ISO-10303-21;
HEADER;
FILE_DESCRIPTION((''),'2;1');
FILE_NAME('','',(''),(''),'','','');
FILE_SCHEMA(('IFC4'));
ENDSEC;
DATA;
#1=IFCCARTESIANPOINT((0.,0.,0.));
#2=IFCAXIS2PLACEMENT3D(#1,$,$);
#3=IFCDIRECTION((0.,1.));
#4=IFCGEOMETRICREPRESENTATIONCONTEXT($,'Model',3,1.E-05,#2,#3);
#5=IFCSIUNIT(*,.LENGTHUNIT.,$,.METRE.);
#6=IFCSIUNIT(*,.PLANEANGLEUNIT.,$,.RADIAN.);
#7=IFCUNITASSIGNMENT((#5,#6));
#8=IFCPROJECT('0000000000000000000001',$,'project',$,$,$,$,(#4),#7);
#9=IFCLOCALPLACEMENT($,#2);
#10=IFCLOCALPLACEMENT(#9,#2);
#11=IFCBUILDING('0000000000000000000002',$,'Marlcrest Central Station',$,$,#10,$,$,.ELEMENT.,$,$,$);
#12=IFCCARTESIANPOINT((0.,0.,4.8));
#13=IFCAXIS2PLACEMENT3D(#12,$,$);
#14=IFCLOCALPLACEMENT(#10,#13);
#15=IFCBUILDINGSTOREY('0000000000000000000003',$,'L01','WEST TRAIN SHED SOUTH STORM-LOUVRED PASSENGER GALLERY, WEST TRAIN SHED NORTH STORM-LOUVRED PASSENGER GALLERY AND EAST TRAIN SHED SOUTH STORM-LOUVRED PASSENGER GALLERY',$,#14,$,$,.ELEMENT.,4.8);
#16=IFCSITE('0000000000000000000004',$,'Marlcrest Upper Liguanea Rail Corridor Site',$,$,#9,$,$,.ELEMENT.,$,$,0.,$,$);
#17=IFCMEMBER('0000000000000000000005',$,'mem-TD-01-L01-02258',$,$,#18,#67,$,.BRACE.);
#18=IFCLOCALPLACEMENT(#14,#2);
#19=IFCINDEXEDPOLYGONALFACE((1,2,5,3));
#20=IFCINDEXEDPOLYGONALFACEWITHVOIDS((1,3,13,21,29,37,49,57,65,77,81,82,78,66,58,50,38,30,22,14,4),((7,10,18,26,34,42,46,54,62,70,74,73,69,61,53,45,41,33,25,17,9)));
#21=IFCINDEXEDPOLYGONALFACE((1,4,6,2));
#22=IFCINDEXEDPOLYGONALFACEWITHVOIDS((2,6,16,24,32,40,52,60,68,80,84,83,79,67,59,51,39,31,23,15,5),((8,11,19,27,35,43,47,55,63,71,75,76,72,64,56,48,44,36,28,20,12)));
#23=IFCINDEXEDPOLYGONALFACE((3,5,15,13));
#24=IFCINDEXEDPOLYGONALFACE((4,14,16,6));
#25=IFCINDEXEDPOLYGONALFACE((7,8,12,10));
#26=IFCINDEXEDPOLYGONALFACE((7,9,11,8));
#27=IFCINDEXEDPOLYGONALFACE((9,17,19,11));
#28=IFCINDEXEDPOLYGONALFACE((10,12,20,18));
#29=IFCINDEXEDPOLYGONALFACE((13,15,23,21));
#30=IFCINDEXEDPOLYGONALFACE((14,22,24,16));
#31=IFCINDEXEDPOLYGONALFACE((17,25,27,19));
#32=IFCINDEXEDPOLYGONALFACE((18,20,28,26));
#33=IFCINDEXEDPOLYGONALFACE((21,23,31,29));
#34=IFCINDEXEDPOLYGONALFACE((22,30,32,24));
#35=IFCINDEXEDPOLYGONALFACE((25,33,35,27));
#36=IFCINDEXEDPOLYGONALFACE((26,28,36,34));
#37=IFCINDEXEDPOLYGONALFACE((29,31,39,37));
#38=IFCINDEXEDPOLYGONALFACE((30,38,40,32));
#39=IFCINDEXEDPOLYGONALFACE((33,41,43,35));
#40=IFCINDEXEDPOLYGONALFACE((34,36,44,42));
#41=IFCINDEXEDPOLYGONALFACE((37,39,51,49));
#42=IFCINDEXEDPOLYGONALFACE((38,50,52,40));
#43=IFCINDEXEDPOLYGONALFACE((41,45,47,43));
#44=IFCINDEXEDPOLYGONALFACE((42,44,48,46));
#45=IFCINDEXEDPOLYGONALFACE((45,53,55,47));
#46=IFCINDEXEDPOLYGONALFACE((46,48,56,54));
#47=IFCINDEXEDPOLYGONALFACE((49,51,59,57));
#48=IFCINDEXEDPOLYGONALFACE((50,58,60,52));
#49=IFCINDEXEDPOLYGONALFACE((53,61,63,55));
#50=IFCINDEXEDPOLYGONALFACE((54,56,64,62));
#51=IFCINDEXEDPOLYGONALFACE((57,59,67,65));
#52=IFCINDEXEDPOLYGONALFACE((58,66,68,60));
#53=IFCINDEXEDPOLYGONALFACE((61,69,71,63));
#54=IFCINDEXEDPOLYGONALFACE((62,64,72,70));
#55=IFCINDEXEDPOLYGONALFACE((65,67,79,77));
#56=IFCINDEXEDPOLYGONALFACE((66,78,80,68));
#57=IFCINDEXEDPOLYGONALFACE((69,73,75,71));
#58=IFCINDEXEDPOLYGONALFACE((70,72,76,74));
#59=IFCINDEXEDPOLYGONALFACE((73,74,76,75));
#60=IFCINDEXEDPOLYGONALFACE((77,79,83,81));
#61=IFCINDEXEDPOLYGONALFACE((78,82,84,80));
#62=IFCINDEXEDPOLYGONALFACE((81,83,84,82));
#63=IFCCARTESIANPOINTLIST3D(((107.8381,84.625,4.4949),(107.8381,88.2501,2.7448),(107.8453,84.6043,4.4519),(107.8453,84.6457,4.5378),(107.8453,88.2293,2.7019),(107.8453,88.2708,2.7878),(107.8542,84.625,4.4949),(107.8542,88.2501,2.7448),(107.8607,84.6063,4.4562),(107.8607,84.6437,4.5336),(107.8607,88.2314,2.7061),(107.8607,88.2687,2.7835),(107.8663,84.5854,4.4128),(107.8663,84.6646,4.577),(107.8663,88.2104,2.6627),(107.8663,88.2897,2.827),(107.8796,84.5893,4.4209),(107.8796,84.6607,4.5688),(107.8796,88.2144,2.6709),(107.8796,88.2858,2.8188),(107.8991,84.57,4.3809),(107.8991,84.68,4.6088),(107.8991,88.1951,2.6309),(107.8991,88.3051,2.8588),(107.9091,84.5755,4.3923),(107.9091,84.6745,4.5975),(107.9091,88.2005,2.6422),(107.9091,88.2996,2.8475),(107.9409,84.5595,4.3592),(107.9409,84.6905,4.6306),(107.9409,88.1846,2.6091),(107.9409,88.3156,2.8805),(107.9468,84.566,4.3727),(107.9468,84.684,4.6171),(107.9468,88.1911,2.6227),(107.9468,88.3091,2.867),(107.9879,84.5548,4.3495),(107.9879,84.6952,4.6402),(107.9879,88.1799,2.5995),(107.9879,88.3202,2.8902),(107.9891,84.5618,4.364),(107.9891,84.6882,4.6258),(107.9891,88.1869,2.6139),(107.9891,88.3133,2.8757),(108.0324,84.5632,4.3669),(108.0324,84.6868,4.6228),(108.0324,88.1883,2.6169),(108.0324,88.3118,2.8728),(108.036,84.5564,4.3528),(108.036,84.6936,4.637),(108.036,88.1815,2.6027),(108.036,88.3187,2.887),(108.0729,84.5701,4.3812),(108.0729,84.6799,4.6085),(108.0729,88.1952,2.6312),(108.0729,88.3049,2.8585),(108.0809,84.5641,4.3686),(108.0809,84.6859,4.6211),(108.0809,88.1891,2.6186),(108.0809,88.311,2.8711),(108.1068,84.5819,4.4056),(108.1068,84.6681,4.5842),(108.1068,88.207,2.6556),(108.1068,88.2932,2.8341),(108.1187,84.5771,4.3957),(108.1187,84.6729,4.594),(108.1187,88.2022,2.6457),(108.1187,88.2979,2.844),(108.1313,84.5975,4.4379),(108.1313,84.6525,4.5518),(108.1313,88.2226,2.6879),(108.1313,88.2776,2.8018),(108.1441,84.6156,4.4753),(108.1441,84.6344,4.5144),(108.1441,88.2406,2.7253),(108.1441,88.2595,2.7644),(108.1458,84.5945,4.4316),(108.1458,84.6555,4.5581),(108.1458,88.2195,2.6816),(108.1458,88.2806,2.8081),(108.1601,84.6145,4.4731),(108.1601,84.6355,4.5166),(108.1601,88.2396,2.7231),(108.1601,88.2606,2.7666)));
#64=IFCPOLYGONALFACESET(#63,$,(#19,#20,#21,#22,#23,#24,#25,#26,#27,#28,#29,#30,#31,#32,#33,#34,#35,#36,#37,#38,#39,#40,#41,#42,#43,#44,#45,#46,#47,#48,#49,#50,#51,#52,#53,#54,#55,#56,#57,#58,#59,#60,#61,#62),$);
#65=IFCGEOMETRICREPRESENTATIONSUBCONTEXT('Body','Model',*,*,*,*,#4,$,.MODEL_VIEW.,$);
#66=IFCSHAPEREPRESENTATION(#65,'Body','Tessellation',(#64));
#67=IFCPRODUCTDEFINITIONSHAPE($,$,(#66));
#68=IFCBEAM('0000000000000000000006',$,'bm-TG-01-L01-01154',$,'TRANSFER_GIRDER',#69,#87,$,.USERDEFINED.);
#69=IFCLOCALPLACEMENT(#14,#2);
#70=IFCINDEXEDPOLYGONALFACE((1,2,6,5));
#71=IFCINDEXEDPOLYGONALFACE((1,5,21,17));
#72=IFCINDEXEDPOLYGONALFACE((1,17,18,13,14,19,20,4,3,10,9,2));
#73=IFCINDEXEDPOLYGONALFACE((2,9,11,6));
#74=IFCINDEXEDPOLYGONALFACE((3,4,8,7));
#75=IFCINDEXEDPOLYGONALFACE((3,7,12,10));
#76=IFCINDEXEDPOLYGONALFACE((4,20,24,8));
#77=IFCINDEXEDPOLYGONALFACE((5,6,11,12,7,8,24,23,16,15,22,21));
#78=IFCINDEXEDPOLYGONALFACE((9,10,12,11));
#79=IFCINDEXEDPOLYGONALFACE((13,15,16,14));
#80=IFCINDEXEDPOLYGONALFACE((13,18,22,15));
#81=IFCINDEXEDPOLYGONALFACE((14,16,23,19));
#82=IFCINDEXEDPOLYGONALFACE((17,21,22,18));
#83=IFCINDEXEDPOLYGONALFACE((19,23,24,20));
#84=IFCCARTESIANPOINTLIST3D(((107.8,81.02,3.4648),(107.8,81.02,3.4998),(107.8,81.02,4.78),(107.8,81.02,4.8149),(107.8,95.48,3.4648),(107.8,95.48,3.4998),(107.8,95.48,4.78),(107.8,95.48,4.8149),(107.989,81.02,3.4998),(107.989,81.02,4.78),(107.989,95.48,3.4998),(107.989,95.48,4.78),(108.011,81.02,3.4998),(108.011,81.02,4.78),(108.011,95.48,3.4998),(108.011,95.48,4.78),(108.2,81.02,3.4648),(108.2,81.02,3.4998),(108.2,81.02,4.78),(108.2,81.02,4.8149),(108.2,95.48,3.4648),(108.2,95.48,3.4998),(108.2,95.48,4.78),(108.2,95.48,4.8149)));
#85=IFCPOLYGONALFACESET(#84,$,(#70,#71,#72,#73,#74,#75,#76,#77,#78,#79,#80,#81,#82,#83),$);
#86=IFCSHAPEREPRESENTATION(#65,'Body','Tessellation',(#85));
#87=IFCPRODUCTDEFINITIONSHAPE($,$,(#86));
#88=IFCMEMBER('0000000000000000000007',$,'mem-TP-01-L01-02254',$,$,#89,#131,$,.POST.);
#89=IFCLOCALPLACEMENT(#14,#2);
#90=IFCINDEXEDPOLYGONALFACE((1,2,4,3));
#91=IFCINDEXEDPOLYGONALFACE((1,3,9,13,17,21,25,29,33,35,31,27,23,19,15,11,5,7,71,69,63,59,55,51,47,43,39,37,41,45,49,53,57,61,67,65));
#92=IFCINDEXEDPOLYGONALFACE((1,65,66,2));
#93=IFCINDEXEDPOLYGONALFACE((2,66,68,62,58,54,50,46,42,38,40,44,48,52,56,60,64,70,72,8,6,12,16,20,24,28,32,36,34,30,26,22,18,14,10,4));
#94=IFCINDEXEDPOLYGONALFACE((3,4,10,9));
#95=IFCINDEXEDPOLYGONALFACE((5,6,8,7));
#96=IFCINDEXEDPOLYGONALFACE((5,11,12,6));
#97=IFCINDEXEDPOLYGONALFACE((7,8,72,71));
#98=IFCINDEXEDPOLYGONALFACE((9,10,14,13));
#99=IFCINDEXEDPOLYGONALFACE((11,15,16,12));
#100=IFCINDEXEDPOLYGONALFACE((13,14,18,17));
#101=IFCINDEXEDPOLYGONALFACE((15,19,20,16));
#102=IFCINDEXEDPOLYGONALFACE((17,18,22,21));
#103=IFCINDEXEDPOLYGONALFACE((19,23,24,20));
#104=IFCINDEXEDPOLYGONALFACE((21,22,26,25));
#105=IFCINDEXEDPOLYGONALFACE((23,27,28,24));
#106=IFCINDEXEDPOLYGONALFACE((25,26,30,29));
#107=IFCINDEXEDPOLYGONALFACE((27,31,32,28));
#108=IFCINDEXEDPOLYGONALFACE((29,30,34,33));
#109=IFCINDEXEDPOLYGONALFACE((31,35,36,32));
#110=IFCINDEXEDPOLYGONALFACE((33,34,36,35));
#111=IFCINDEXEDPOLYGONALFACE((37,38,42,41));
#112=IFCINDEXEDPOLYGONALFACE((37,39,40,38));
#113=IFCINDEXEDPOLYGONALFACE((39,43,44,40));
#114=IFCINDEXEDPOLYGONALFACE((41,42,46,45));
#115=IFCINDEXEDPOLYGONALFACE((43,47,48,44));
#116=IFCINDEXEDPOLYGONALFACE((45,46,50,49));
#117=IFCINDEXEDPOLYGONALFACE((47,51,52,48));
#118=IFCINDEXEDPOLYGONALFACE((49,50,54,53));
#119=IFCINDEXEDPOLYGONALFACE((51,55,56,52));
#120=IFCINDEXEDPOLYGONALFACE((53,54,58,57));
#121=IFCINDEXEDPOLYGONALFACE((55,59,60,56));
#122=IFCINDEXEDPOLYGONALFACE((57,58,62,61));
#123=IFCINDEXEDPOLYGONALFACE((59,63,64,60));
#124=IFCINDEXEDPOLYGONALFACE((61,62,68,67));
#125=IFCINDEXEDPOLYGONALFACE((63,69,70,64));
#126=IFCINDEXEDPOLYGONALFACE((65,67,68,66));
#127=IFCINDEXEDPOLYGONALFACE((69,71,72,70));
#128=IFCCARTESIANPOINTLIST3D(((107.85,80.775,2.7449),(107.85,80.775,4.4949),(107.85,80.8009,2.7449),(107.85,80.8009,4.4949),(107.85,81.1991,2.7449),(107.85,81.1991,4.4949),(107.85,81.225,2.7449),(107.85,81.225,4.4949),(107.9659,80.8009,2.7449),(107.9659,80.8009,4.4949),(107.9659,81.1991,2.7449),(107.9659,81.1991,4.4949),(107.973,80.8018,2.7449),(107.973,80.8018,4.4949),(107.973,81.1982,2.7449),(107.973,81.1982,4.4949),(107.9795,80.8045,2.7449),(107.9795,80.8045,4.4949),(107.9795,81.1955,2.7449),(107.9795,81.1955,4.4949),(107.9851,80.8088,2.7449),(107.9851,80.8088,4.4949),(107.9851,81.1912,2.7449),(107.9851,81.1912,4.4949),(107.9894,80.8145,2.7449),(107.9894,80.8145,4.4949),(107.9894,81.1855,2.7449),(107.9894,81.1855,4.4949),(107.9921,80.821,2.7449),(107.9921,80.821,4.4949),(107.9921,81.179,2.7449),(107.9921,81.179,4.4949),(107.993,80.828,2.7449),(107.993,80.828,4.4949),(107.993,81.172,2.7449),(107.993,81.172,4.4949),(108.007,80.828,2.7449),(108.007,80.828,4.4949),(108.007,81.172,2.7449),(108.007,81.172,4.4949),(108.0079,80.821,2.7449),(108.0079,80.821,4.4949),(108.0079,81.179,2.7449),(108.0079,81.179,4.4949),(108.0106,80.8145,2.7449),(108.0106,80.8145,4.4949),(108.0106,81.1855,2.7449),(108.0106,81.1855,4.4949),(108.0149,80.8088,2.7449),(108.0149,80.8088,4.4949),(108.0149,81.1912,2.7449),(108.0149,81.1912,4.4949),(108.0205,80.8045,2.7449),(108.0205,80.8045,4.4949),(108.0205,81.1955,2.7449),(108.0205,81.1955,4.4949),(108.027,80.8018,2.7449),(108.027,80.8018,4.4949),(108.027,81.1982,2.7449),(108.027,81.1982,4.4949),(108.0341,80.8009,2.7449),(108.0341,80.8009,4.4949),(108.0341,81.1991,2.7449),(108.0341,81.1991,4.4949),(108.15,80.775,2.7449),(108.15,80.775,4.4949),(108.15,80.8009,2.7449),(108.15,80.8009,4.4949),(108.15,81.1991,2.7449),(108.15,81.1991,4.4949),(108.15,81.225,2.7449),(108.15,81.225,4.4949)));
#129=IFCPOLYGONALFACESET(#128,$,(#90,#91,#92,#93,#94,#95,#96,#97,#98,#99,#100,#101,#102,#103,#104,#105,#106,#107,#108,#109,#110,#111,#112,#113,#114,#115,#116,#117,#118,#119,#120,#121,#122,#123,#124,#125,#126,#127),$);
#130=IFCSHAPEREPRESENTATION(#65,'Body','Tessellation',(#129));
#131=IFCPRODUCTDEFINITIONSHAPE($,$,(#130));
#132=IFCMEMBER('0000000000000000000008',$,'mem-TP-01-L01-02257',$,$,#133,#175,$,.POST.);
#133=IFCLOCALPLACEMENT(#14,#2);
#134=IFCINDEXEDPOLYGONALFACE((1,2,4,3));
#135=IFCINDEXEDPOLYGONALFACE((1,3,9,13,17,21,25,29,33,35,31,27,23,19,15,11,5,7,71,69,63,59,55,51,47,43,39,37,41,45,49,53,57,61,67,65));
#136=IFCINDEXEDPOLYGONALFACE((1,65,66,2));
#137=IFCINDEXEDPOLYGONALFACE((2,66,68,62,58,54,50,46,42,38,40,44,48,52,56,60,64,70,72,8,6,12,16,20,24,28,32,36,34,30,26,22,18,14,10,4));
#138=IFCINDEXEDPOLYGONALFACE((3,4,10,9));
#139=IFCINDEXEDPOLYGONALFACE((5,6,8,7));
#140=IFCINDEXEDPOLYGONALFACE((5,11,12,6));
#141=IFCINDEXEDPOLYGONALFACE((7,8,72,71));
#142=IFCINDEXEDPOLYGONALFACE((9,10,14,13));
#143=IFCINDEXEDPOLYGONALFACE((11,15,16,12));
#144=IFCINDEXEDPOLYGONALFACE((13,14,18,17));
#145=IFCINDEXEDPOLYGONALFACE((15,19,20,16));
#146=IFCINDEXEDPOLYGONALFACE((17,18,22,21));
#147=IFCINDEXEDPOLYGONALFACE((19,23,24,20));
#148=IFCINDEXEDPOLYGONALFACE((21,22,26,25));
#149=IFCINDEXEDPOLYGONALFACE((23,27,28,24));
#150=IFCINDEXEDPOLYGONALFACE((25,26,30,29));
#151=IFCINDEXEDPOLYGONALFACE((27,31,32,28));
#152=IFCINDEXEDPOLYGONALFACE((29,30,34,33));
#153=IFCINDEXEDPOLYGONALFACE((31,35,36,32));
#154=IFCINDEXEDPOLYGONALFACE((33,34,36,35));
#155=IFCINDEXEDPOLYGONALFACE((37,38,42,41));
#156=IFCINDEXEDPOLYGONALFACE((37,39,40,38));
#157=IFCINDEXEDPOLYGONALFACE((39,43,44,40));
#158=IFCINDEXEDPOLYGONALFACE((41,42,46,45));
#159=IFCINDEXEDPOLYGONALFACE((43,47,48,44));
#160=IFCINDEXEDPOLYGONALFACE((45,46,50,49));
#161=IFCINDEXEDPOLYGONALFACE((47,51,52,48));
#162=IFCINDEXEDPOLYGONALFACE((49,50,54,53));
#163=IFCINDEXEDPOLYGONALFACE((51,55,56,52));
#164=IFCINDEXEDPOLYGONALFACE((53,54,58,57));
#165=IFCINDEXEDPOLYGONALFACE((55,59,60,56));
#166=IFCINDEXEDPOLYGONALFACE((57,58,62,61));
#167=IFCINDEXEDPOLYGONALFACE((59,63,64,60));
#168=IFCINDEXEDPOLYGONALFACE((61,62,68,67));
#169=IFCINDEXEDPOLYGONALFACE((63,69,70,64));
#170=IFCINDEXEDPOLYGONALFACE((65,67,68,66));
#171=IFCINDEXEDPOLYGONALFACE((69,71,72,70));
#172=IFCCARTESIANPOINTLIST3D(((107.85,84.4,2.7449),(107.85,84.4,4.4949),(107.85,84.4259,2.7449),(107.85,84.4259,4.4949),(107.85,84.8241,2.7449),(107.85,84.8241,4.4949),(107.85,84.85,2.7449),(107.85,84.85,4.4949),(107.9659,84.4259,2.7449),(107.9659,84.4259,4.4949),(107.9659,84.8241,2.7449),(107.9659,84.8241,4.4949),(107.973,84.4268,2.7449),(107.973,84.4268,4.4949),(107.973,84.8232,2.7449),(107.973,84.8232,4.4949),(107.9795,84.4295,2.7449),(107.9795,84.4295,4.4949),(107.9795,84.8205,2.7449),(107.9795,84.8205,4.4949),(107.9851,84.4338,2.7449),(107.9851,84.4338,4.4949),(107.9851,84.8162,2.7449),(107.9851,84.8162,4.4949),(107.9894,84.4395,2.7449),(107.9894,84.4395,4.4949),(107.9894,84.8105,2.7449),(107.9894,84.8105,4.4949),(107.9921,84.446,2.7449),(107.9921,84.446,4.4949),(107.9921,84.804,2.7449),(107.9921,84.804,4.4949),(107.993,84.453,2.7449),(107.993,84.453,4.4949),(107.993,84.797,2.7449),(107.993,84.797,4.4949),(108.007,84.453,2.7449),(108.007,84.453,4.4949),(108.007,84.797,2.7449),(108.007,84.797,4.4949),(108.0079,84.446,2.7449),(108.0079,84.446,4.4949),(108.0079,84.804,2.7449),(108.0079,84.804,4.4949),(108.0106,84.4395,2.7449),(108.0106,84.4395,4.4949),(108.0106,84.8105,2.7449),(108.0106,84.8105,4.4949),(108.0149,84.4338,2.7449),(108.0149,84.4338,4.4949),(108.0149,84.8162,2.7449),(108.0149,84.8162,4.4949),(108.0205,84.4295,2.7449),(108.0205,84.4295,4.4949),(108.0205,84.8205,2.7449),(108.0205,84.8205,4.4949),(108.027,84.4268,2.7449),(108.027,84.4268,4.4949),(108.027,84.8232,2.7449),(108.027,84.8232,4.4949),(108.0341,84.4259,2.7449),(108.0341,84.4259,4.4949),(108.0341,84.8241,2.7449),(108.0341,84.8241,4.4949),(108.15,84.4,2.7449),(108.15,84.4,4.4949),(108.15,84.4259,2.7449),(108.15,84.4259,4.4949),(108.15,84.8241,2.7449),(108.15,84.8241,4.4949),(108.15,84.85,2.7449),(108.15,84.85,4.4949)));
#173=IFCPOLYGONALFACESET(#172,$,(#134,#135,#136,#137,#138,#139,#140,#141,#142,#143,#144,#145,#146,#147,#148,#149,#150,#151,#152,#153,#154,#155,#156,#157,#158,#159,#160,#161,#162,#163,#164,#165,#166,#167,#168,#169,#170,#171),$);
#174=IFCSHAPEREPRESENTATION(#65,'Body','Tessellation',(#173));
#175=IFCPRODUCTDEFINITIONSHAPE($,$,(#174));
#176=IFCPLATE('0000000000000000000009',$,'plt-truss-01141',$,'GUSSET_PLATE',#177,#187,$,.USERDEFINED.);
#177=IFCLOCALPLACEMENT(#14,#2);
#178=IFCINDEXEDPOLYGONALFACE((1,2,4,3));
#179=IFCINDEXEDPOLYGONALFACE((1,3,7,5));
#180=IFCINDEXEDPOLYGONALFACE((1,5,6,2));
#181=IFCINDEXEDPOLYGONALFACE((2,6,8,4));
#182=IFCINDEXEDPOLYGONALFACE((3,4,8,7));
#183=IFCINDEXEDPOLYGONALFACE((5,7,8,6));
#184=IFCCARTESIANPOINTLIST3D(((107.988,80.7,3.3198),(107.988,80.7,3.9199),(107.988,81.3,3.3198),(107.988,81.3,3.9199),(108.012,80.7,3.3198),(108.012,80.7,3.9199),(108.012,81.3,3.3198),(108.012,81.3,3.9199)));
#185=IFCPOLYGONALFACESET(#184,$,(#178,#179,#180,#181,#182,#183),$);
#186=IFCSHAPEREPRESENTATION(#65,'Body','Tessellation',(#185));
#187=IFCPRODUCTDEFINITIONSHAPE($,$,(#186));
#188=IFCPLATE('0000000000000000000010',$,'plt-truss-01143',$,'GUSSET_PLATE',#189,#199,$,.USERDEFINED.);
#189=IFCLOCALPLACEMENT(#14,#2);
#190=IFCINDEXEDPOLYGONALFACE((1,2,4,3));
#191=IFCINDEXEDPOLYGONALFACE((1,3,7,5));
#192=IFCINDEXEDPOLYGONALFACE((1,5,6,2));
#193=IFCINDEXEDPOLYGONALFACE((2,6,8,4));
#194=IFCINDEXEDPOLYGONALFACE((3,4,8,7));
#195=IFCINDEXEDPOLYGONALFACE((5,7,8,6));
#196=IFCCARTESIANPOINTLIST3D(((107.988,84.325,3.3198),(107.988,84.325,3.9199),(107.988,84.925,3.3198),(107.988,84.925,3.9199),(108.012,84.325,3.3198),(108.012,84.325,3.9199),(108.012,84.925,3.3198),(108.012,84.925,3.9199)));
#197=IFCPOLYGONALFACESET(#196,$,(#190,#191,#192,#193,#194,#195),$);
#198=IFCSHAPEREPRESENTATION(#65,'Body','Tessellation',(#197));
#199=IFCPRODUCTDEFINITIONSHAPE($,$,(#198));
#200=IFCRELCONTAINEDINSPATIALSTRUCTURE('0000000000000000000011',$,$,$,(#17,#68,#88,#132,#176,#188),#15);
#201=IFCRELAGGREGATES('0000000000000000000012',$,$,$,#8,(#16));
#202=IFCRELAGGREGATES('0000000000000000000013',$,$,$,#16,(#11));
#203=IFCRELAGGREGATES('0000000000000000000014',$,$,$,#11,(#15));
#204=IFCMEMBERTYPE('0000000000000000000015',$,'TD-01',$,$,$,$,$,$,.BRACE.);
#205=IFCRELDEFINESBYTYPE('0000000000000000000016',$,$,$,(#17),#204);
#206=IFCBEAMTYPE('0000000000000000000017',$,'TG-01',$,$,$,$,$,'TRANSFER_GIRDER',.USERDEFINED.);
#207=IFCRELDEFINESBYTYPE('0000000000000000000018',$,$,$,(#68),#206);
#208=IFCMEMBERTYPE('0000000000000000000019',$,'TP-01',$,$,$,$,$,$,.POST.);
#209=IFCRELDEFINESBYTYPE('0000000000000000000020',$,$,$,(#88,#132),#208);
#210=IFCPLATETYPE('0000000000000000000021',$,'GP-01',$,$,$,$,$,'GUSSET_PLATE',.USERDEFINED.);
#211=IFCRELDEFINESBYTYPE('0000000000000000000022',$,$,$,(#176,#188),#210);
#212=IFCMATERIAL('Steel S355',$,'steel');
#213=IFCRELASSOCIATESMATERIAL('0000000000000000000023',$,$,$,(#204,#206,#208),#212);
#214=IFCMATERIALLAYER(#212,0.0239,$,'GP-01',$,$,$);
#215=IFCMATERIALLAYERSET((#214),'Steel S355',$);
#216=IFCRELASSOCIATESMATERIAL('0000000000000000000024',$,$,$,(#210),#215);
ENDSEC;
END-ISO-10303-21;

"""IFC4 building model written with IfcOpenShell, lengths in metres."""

from ifc_helpers import new_model, si_unit, direction, frame, origin, origin_2d, place, context, subcontext, project, spatial, rectangle, hollow_circle, i_section, extrude, material, layer, layer_set, material_profile, profile_set, type_object, element, save


model = new_model("IFC4")

# Units and contexts
model_context = context("Model", 3, precision=1e-05, world=origin(), true_north=direction((0.0, 1.0)))
body_context = subcontext(model_context, "Body", "Model", "MODEL_VIEW")
ifc_project = project(units=[si_unit("LENGTHUNIT", "METRE"), si_unit("PLANEANGLEUNIT", "RADIAN")], contexts=[model_context])

# Site, building, storey
site_placement = place(None, origin())
site = spatial("IfcSite", under=ifc_project, at=site_placement, Name="Marlcrest Upper Liguanea Rail Corridor Site", CompositionType="ELEMENT", RefElevation=0.0)
building_placement = place(site_placement, origin())
building = spatial("IfcBuilding", under=site, at=building_placement, Name="Marlcrest Central Station", CompositionType="ELEMENT")
storey_placement = place(building_placement, frame((0.0, 0.0, 4.8)))
storey = spatial("IfcBuildingStorey", under=building, at=storey_placement, Name="L01", Description="WEST TRAIN SHED SOUTH STORM-LOUVRED PASSENGER GALLERY, WEST TRAIN SHED NORTH STORM-LOUVRED PASSENGER GALLERY AND EAST TRAIN SHED SOUTH STORM-LOUVRED PASSENGER GALLERY", CompositionType="ELEMENT", Elevation=4.8)

# Shared definitions
ifc_material = material(Name="Steel S355", Category="steel")

# Member
ifc_material_profile_1 = material_profile(ifc_material, hollow_circle(Radius=0.1619, WallThickness=0.0161, at=origin_2d()), Name="CHS 323.9x16")
ifc_profile_set_1 = profile_set([ifc_material_profile_1], Name="Steel S355")
member_type_1 = type_object("IfcMemberType", Name="TD-01", PredefinedType="BRACE", material=ifc_profile_set_1)
for number, where, z_axis, x_axis, name in (
    (1, (108.0, 84.625, 4.4949), (0.0, 0.900552, -0.434749), (-1.0, 0.0, 0.0), "mem-TD-01-L01-02258"),
):
    element("IfcMember", number, at=place(storey_placement, frame(where, z_axis=z_axis, x_axis=x_axis)), inside=storey, type_object=member_type_1, Name=name, PredefinedType="BRACE", context=body_context, shape_type="SweptSolid", body=[
        extrude(hollow_circle(Radius=0.1619, WallThickness=0.0161, at=origin_2d()), origin(), (0.0, 0.0, 1.0), 4.0254),
    ])

# Beam
ifc_material_profile_2 = material_profile(ifc_material, i_section(OverallWidth=0.3999, OverallDepth=1.3501, WebThickness=0.022, FlangeThickness=0.0349, at=origin_2d()), Name="PG 1350x400")
ifc_profile_set_2 = profile_set([ifc_material_profile_2], Name="Steel S355")
beam_type_1 = type_object("IfcBeamType", Name="TG-01", ElementType="TRANSFER_GIRDER", PredefinedType="USERDEFINED", material=ifc_profile_set_2)
beam_1_placement = place(storey_placement, frame((108.0, 81.02, 4.1399), z_axis=(0.0, 1.0, 0.0), x_axis=(-1.0, 0.0, 0.0)))
element("IfcBeam", 2, at=beam_1_placement, inside=storey, type_object=beam_type_1, Name="bm-TG-01-L01-01154", ObjectType="TRANSFER_GIRDER", PredefinedType="USERDEFINED", context=body_context, shape_type="SweptSolid", body=[
    extrude(i_section(OverallWidth=0.3999, OverallDepth=1.3501, WebThickness=0.022, FlangeThickness=0.0349, at=origin_2d()), origin(), (0.0, 0.0, 1.0), 14.46),
])

# Members
ifc_material_profile_3 = material_profile(ifc_material, i_section(OverallWidth=0.3, OverallDepth=0.45, WebThickness=0.0139, FlangeThickness=0.0259, FilletRadius=0.0271, at=origin_2d()), Name="HEB 450")
ifc_profile_set_3 = profile_set([ifc_material_profile_3], Name="Steel S355")
member_type_2 = type_object("IfcMemberType", Name="TP-01", PredefinedType="POST", material=ifc_profile_set_3)
for number, where, z_axis, x_axis, name in (
    (3, (108.0, 81.0, 2.7449), (0.0, 0.0, 1.0), (1.0, 0.0, 0.0), "mem-TP-01-L01-02254"),
    (4, (108.0, 84.625, 2.7449), (0.0, 0.0, 1.0), (1.0, 0.0, 0.0), "mem-TP-01-L01-02257"),
):
    element("IfcMember", number, at=place(storey_placement, frame(where, z_axis=z_axis, x_axis=x_axis)), inside=storey, type_object=member_type_2, Name=name, PredefinedType="POST", context=body_context, shape_type="SweptSolid", body=[
        extrude(i_section(OverallWidth=0.3, OverallDepth=0.45, WebThickness=0.0139, FlangeThickness=0.0259, FilletRadius=0.0271, at=origin_2d()), origin(), (0.0, 0.0, 1.0), 1.75),
    ])

# Plates
ifc_layer_1 = layer(ifc_material, 0.0239, Name="GP-01")
ifc_layer_set_1 = layer_set([ifc_layer_1], Name="Steel S355")
plate_type_1 = type_object("IfcPlateType", Name="GP-01", ElementType="GUSSET_PLATE", PredefinedType="USERDEFINED", material=ifc_layer_set_1)
for number, where, z_axis, x_axis, name in (
    (5, (108.0, 81.0, 3.3198), (0.0, 0.0, 1.0), (1.0, 0.0, 0.0), "plt-truss-01141"),
    (6, (108.0, 84.625, 3.3198), (0.0, 0.0, 1.0), (1.0, 0.0, 0.0), "plt-truss-01143"),
):
    element("IfcPlate", number, at=place(storey_placement, frame(where, z_axis=z_axis, x_axis=x_axis)), inside=storey, type_object=plate_type_1, Name=name, ObjectType="GUSSET_PLATE", PredefinedType="USERDEFINED", context=body_context, shape_type="SweptSolid", body=[
        extrude(rectangle(XDim=0.0239, YDim=0.6001, at=origin_2d()), origin(), (0.0, 0.0, 1.0), 0.6001),
    ])

save(model, "model.ifc")
